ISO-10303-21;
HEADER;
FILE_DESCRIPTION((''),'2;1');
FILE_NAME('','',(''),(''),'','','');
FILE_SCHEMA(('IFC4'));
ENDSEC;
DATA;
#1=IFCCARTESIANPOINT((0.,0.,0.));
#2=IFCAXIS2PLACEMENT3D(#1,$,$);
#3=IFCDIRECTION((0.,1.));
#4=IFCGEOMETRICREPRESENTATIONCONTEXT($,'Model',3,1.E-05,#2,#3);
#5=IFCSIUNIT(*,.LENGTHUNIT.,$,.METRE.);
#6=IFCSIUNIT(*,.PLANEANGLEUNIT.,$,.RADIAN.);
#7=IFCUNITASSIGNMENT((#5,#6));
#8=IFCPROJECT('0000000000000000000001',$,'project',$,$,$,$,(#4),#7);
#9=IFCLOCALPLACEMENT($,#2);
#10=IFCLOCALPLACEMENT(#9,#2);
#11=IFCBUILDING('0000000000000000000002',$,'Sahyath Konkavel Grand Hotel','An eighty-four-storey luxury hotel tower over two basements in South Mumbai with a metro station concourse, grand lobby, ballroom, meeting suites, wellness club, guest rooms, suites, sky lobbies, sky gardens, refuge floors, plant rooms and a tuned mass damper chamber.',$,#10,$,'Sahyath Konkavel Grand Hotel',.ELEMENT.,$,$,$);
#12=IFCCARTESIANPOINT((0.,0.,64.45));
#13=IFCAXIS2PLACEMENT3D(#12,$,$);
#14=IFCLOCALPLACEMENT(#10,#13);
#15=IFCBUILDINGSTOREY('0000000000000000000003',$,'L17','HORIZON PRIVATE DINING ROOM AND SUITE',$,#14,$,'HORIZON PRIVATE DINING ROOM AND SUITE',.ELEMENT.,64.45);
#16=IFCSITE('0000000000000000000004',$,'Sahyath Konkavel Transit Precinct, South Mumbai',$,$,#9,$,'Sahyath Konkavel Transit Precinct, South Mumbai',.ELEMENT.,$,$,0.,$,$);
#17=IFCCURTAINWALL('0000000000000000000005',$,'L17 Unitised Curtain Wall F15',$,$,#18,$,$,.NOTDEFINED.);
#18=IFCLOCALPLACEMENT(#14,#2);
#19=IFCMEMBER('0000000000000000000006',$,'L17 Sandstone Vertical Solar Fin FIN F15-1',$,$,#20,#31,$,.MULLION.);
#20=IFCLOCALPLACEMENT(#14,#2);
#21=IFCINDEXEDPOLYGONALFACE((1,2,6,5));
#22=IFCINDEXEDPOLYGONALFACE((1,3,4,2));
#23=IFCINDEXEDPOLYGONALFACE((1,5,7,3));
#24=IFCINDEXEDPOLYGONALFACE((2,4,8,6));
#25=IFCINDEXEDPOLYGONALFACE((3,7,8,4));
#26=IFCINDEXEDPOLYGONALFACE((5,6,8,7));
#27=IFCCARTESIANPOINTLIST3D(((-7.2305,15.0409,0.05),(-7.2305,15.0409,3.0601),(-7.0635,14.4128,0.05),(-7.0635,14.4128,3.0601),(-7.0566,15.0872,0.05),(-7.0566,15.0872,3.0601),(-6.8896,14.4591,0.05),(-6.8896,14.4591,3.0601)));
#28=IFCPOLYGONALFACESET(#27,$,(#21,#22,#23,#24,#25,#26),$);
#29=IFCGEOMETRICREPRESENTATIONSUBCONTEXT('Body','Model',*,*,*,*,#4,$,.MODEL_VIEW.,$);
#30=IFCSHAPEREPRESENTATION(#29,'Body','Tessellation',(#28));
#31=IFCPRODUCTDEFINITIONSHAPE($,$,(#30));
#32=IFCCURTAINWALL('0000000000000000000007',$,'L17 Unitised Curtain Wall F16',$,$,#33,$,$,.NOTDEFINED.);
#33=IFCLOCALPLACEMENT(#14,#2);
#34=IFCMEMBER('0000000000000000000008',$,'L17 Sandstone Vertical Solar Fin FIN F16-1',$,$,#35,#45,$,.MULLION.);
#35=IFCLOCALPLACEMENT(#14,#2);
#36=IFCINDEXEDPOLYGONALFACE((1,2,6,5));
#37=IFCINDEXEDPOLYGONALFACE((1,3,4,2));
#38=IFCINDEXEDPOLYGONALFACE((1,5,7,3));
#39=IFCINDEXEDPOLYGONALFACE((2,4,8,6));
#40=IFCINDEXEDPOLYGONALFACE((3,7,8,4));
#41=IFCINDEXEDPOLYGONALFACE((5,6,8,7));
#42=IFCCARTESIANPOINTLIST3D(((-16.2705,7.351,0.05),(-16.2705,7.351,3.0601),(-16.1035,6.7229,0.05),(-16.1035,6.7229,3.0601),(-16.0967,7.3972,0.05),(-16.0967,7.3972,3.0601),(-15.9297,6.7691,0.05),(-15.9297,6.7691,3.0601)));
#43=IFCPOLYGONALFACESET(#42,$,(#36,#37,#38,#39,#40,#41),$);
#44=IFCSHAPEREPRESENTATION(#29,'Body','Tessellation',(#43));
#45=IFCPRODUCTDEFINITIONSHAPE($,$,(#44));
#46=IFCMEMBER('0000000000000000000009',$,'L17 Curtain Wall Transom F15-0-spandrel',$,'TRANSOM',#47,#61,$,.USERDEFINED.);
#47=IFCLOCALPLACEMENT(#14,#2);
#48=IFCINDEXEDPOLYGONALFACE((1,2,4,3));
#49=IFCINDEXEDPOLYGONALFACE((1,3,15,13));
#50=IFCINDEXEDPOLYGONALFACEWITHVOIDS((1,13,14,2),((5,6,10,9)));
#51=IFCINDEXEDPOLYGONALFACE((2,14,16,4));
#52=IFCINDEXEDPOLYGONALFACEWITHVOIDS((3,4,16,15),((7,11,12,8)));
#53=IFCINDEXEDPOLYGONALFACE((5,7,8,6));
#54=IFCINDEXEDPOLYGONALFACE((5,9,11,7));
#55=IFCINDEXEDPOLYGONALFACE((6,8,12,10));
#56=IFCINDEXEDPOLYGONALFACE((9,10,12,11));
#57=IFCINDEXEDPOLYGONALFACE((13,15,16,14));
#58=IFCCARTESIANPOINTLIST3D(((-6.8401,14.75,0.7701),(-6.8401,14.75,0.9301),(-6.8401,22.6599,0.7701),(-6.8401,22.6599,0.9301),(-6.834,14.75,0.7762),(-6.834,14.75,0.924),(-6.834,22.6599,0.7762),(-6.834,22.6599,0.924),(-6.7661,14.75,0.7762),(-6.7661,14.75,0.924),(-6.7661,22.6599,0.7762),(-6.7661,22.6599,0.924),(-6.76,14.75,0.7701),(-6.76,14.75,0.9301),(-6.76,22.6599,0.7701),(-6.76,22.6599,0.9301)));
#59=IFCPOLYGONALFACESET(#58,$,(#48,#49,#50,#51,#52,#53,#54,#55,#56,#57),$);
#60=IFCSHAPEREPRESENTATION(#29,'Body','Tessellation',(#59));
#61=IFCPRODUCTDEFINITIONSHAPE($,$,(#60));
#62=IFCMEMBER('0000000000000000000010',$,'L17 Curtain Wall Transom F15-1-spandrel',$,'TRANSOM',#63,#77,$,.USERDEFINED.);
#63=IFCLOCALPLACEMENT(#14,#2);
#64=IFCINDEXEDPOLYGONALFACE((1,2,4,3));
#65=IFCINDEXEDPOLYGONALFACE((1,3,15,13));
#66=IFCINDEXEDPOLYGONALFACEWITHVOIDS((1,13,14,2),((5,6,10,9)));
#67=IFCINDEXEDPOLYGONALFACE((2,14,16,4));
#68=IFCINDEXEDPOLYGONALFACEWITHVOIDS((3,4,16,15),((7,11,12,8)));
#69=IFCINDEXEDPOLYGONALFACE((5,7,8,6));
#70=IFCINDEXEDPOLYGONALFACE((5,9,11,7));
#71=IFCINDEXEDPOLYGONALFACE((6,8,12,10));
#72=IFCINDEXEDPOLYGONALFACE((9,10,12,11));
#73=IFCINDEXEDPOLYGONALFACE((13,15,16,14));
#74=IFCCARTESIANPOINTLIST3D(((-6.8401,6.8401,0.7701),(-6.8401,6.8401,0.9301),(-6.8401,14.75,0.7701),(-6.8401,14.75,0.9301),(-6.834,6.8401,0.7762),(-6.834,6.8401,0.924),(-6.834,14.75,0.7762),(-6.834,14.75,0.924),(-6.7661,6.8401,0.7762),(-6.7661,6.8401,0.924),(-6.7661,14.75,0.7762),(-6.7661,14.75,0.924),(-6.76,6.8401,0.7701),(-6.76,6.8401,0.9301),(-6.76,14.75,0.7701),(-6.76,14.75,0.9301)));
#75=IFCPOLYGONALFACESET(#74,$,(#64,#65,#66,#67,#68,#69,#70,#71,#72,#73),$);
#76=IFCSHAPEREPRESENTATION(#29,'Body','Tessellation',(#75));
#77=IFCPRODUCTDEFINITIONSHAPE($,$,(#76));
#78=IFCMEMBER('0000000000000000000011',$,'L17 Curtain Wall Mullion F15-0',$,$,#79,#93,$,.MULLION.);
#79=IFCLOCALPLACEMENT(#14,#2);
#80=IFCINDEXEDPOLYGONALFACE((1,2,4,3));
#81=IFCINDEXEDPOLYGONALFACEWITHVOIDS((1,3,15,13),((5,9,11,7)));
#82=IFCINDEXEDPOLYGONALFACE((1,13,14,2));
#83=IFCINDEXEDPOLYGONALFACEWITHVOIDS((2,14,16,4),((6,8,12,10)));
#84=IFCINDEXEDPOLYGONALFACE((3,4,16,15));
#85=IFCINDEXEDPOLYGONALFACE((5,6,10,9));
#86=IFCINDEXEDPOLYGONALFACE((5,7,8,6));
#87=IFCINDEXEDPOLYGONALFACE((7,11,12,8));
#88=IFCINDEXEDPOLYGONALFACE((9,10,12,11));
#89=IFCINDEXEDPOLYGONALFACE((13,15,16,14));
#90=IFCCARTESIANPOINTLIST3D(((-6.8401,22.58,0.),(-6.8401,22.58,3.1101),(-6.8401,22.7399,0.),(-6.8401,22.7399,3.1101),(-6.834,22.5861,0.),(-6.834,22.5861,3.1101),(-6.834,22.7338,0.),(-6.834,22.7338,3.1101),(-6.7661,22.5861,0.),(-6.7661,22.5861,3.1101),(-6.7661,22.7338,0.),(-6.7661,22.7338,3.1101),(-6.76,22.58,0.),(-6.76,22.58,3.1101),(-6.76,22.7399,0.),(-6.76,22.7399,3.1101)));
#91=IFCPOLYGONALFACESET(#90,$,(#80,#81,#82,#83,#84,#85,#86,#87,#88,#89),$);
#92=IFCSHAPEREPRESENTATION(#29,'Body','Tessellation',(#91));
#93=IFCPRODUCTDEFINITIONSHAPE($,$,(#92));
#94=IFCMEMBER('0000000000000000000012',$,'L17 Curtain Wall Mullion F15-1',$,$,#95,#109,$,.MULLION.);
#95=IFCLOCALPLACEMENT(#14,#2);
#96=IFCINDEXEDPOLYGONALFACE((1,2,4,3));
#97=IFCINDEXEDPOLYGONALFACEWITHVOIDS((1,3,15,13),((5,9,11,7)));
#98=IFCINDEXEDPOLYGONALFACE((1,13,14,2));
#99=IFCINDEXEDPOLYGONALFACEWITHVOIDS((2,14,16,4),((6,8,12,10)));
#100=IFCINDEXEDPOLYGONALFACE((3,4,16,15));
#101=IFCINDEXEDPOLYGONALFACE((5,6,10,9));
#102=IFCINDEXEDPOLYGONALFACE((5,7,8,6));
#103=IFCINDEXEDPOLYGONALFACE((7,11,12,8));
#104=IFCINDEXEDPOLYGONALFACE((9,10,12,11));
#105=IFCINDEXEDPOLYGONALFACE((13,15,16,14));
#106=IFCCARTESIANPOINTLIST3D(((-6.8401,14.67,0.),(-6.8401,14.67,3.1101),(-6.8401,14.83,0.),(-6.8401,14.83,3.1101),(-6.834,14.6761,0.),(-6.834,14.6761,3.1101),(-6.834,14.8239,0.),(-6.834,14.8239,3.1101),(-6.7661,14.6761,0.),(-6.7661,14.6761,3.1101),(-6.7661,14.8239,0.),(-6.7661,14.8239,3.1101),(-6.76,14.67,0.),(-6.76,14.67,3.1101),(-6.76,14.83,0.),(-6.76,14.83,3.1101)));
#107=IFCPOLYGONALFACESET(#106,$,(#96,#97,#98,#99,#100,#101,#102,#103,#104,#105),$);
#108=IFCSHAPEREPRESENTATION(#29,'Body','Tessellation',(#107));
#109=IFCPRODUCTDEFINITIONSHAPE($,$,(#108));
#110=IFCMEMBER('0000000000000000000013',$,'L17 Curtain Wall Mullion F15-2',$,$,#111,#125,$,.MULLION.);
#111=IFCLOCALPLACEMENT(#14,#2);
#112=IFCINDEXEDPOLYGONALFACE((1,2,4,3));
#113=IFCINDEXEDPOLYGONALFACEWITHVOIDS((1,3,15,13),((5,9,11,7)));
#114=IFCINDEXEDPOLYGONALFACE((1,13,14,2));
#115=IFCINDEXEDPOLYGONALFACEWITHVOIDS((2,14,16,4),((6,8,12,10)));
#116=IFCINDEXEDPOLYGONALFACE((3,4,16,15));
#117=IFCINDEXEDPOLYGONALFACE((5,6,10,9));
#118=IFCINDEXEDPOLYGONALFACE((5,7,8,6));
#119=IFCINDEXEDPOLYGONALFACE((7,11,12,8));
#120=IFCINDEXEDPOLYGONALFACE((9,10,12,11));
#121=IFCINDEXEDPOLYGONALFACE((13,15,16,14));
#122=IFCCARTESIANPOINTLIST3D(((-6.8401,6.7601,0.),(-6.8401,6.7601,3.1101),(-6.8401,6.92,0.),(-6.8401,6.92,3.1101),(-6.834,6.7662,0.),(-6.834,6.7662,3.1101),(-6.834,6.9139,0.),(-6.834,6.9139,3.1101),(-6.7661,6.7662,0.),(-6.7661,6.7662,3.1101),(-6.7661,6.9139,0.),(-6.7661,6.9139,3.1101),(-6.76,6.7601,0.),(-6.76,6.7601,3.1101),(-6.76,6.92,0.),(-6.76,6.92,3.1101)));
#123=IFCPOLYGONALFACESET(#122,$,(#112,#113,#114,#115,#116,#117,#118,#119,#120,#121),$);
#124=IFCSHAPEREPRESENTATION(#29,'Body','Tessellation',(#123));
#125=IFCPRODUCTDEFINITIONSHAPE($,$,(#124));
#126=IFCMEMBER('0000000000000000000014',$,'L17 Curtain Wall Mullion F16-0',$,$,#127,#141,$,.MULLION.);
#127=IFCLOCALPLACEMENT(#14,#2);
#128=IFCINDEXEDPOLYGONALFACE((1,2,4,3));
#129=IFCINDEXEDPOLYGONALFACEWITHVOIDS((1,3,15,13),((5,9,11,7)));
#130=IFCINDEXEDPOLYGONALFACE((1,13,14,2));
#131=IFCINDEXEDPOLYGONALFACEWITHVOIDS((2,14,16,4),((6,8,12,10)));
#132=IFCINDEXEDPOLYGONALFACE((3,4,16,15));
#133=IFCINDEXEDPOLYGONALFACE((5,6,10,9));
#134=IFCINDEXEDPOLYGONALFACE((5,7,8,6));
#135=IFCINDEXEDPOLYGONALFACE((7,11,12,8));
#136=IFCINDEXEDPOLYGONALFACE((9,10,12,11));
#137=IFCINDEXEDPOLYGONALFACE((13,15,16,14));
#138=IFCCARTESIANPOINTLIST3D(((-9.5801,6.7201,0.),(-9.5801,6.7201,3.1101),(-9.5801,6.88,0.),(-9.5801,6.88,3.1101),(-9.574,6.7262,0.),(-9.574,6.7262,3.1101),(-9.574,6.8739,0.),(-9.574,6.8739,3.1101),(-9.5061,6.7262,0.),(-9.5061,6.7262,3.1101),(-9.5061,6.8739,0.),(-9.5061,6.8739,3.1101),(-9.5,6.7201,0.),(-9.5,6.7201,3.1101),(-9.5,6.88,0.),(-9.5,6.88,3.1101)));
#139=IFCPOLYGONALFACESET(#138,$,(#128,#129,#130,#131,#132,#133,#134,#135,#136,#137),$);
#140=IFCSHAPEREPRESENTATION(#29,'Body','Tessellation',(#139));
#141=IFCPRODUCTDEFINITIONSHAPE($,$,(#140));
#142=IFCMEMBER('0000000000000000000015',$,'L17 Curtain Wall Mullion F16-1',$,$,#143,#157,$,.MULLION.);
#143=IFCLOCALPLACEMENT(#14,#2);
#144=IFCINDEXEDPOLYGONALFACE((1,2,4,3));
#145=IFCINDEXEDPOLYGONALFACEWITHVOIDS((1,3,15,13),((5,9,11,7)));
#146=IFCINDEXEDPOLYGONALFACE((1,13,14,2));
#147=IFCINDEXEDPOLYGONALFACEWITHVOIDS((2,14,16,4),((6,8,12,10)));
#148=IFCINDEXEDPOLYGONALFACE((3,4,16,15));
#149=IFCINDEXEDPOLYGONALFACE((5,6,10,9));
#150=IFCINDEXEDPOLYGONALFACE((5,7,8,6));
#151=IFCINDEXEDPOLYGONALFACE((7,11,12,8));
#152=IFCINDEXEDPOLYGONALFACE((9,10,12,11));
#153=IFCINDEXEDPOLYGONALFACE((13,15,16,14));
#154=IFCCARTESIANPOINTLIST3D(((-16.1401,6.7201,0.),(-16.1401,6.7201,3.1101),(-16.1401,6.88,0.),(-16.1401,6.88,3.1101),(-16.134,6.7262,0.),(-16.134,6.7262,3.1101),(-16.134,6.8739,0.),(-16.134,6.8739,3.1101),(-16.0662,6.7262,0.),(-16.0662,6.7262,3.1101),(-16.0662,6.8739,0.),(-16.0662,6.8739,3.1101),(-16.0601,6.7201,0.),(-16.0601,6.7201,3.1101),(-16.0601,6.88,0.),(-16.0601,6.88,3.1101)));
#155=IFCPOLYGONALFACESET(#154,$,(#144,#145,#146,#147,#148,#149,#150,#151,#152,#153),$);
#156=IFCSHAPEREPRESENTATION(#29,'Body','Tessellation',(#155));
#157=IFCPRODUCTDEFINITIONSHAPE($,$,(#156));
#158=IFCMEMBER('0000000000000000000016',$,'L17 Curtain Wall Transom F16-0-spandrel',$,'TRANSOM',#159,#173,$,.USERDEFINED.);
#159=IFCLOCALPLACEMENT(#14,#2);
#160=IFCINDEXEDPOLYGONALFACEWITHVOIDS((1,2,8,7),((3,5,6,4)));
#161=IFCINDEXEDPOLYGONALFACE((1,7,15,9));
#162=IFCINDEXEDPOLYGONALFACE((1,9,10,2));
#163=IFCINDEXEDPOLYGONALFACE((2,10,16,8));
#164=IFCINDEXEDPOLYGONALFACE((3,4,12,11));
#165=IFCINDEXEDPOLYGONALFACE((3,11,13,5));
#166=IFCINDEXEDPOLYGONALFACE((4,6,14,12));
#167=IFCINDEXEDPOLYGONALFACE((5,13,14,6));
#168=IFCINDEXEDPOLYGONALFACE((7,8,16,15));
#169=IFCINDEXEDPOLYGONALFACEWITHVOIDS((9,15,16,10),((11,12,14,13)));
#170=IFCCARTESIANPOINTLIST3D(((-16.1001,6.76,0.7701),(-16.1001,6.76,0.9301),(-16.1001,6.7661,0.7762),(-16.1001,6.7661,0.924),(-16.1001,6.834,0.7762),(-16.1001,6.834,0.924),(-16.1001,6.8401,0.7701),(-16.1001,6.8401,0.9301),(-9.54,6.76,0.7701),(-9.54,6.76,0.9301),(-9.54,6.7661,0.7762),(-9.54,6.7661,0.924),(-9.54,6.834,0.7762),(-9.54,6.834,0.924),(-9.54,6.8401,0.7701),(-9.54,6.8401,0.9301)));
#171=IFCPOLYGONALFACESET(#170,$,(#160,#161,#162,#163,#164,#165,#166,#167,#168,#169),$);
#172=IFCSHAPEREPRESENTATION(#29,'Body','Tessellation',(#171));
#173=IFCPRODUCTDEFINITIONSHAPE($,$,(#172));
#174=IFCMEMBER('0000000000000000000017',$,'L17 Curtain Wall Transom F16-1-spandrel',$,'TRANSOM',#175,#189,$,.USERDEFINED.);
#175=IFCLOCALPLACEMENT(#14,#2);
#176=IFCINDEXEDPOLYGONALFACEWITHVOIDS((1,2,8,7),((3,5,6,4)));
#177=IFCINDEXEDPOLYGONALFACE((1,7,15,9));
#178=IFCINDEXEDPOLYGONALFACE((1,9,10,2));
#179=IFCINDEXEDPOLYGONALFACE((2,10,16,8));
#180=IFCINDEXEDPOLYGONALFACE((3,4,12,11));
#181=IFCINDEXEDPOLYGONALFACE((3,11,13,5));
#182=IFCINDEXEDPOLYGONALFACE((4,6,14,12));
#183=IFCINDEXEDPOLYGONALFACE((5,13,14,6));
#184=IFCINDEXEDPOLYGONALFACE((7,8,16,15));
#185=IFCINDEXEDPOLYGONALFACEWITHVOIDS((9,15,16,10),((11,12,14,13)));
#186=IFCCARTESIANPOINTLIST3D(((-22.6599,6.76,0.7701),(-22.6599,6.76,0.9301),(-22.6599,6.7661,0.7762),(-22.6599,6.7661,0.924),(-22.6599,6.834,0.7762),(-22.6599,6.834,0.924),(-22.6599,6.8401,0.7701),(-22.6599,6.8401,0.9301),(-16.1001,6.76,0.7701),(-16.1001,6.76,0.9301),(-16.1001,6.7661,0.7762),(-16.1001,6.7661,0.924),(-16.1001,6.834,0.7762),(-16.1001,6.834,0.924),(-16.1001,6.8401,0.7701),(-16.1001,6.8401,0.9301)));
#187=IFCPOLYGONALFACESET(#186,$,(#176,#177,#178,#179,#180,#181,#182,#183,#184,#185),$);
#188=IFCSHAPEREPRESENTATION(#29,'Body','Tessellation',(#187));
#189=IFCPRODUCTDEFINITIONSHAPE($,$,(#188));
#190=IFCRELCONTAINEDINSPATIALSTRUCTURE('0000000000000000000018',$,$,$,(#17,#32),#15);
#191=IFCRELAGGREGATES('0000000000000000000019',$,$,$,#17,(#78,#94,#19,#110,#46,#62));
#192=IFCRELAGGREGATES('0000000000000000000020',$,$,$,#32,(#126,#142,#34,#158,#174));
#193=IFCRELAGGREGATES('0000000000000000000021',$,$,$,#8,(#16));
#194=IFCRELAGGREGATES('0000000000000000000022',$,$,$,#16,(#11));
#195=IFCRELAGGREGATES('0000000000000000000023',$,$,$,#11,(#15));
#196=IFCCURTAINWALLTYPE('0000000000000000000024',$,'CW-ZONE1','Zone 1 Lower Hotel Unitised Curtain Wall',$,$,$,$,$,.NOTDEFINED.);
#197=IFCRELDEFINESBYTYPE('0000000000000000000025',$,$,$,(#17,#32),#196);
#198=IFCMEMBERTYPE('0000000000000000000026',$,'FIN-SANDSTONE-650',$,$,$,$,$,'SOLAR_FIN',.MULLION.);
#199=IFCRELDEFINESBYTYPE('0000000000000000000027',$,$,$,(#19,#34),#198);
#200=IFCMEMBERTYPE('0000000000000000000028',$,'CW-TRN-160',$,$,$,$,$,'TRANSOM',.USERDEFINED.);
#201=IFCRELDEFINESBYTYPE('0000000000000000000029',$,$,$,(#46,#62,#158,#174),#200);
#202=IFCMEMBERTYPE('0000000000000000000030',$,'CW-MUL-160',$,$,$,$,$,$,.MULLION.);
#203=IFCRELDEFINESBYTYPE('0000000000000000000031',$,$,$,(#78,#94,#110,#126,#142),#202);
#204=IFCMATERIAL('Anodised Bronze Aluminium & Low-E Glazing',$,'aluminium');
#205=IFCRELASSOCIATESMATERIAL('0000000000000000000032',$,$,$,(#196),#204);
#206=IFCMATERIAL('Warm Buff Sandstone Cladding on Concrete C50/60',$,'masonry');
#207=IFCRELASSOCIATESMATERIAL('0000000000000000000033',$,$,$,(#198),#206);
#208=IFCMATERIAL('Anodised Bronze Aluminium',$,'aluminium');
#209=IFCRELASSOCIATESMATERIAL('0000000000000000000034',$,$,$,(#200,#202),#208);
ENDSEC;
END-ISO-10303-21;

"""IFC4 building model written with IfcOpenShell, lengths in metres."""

from ifc_helpers import new_model, si_unit, direction, frame, origin, origin_2d, place, context, subcontext, project, spatial, rectangle, hollow_rectangle, extrude, source, transform, mapped, material, material_profile, profile_set, type_object, element, aggregate, save


model = new_model("IFC4")

# Units and contexts
model_context = context("Model", 3, precision=1e-05, world=origin(), true_north=direction((0.0, 1.0)))
body_context = subcontext(model_context, "Body", "Model", "MODEL_VIEW")
ifc_project = project(units=[si_unit("LENGTHUNIT", "METRE"), si_unit("PLANEANGLEUNIT", "RADIAN")], contexts=[model_context])

# Site, building, storey
site_placement = place(None, origin())
site = spatial("IfcSite", under=ifc_project, at=site_placement, Name="Sahyath Konkavel Transit Precinct, South Mumbai", LongName="Sahyath Konkavel Transit Precinct, South Mumbai", CompositionType="ELEMENT", RefElevation=0.0)
building_placement = place(site_placement, origin())
building = spatial("IfcBuilding", under=site, at=building_placement, Name="Sahyath Konkavel Grand Hotel", Description="An eighty-four-storey luxury hotel tower over two basements in South Mumbai with a metro station concourse, grand lobby, ballroom, meeting suites, wellness club, guest rooms, suites, sky lobbies, sky gardens, refuge floors, plant rooms and a tuned mass damper chamber.", LongName="Sahyath Konkavel Grand Hotel", CompositionType="ELEMENT")
storey_placement = place(building_placement, frame((0.0, 0.0, 64.45)))
storey = spatial("IfcBuildingStorey", under=building, at=storey_placement, Name="L17", Description="HORIZON PRIVATE DINING ROOM AND SUITE", LongName="HORIZON PRIVATE DINING ROOM AND SUITE", CompositionType="ELEMENT", Elevation=64.45)

# Curtain walls, members
ifc_material_1 = material(Name="Anodised Bronze Aluminium & Low-E Glazing", Category="aluminium")
curtain_wall_type = type_object("IfcCurtainWallType", Name="CW-ZONE1", Description="Zone 1 Lower Hotel Unitised Curtain Wall", PredefinedType="NOTDEFINED", material=ifc_material_1)
curtain_wall_1_placement = place(storey_placement, origin())
curtain_wall_1 = element("IfcCurtainWall", 1, at=curtain_wall_1_placement, inside=storey, type_object=curtain_wall_type, Name="L17 Unitised Curtain Wall F15", PredefinedType="NOTDEFINED")
ifc_material_2 = material(Name="Warm Buff Sandstone Cladding on Concrete C50/60", Category="masonry")
ifc_material_profile_1 = material_profile(ifc_material_2, rectangle(XDim=0.1799, YDim=0.6499, at=origin_2d()), Name="FIN 180x650")
ifc_profile_set_1 = profile_set([ifc_material_profile_1], Name="Warm Buff Sandstone Cladding on Concrete C50/60")
member_type_1 = type_object("IfcMemberType", Name="FIN-SANDSTONE-650", ElementType="SOLAR_FIN", PredefinedType="MULLION", material=ifc_profile_set_1)
shared_shape_1 = source(origin(), body_context, "Body", "SweptSolid", [
    extrude(rectangle(XDim=0.1799, YDim=0.6499, at=origin_2d()), origin(), (0.0, 0.0, 1.0), 3.01),
])
member_1_placement = place(storey_placement, frame((-7.0601, 14.75, 0.05), z_axis=(0.0, 0.0, 1.0), x_axis=(0.966421, 0.256964, 0.0)))
member_1 = element("IfcMember", 2, at=member_1_placement, type_object=member_type_1, Name="L17 Sandstone Vertical Solar Fin FIN F15-1", PredefinedType="MULLION", context=body_context, shape_type="MappedRepresentation", body=[
    mapped(shared_shape_1, transform((0.0, 0.0, 0.0), scale=1.0)),
])
curtain_wall_2_placement = place(storey_placement, origin())
curtain_wall_2 = element("IfcCurtainWall", 3, at=curtain_wall_2_placement, inside=storey, type_object=curtain_wall_type, Name="L17 Unitised Curtain Wall F16", PredefinedType="NOTDEFINED")
member_2_placement = place(storey_placement, frame((-16.1001, 7.0601, 0.05), z_axis=(0.0, 0.0, 1.0), x_axis=(0.966421, 0.256964, 0.0)))
member_2 = element("IfcMember", 4, at=member_2_placement, type_object=member_type_1, Name="L17 Sandstone Vertical Solar Fin FIN F16-1", PredefinedType="MULLION", context=body_context, shape_type="MappedRepresentation", body=[
    mapped(shared_shape_1, transform((0.0, 0.0, 0.0), scale=1.0)),
])

# Members
ifc_material_3 = material(Name="Anodised Bronze Aluminium", Category="aluminium")
ifc_material_profile_2 = material_profile(ifc_material_3, hollow_rectangle(XDim=0.0801, YDim=0.1599, WallThickness=0.0061, at=origin_2d()), Name="RHS 160x80x6")
ifc_profile_set_2 = profile_set([ifc_material_profile_2], Name="Anodised Bronze Aluminium")
member_type_2 = type_object("IfcMemberType", Name="CW-TRN-160", ElementType="TRANSOM", PredefinedType="USERDEFINED", material=ifc_profile_set_2)
shared_shape_2 = source(origin(), body_context, "Body", "SweptSolid", [
    extrude(hollow_rectangle(XDim=0.0801, YDim=0.1599, WallThickness=0.0061, at=origin_2d()), origin(), (0.0, 0.0, 1.0), 7.9099),
])
member_3_placement = place(storey_placement, frame((-6.8, 22.6599, 0.8501), z_axis=(0.0, -1.0, 0.0), x_axis=(1.0, 0.0, 0.0)))
member_3 = element("IfcMember", 5, at=member_3_placement, type_object=member_type_2, Name="L17 Curtain Wall Transom F15-0-spandrel", ObjectType="TRANSOM", PredefinedType="USERDEFINED", context=body_context, shape_type="MappedRepresentation", body=[
    mapped(shared_shape_2, transform((0.0, 0.0, 0.0), scale=1.0)),
])
member_4_placement = place(storey_placement, frame((-6.8, 14.75, 0.8501), z_axis=(0.0, -1.0, 0.0), x_axis=(1.0, 0.0, 0.0)))
member_4 = element("IfcMember", 6, at=member_4_placement, type_object=member_type_2, Name="L17 Curtain Wall Transom F15-1-spandrel", ObjectType="TRANSOM", PredefinedType="USERDEFINED", context=body_context, shape_type="MappedRepresentation", body=[
    mapped(shared_shape_2, transform((0.0, 0.0, 0.0), scale=1.0)),
])
ifc_material_profile_3 = material_profile(ifc_material_3, hollow_rectangle(XDim=0.0801, YDim=0.1599, WallThickness=0.0061, at=origin_2d()), Name="RHS 160x80x6")
ifc_profile_set_3 = profile_set([ifc_material_profile_3], Name="Anodised Bronze Aluminium")
member_type_3 = type_object("IfcMemberType", Name="CW-MUL-160", PredefinedType="MULLION", material=ifc_profile_set_3)
shared_shape_3 = source(origin(), body_context, "Body", "SweptSolid", [
    extrude(hollow_rectangle(XDim=0.0801, YDim=0.1599, WallThickness=0.0061, at=origin_2d()), origin(), (0.0, 0.0, 1.0), 3.1101),
])
member_5_placement = place(storey_placement, frame((-6.8, 22.6599, 0.0), z_axis=(0.0, 0.0, 1.0), x_axis=(1.0, 0.0, 0.0)))
member_5 = element("IfcMember", 7, at=member_5_placement, type_object=member_type_3, Name="L17 Curtain Wall Mullion F15-0", PredefinedType="MULLION", context=body_context, shape_type="MappedRepresentation", body=[
    mapped(shared_shape_3, transform((0.0, 0.0, 0.0), scale=1.0)),
])
member_6_placement = place(storey_placement, frame((-6.8, 14.75, 0.0), z_axis=(0.0, 0.0, 1.0), x_axis=(1.0, 0.0, 0.0)))
member_6 = element("IfcMember", 8, at=member_6_placement, type_object=member_type_3, Name="L17 Curtain Wall Mullion F15-1", PredefinedType="MULLION", context=body_context, shape_type="MappedRepresentation", body=[
    mapped(shared_shape_3, transform((0.0, 0.0, 0.0), scale=1.0)),
])
member_7_placement = place(storey_placement, frame((-6.8, 6.8401, 0.0), z_axis=(0.0, 0.0, 1.0), x_axis=(1.0, 0.0, 0.0)))
member_7 = element("IfcMember", 9, at=member_7_placement, type_object=member_type_3, Name="L17 Curtain Wall Mullion F15-2", PredefinedType="MULLION", context=body_context, shape_type="MappedRepresentation", body=[
    mapped(shared_shape_3, transform((0.0, 0.0, 0.0), scale=1.0)),
])
member_8_placement = place(storey_placement, frame((-9.54, 6.8, 0.0), z_axis=(0.0, 0.0, 1.0), x_axis=(1.0, 0.0, 0.0)))
member_8 = element("IfcMember", 10, at=member_8_placement, type_object=member_type_3, Name="L17 Curtain Wall Mullion F16-0", PredefinedType="MULLION", context=body_context, shape_type="MappedRepresentation", body=[
    mapped(shared_shape_3, transform((0.0, 0.0, 0.0), scale=1.0)),
])
member_9_placement = place(storey_placement, frame((-16.1001, 6.8, 0.0), z_axis=(0.0, 0.0, 1.0), x_axis=(1.0, 0.0, 0.0)))
member_9 = element("IfcMember", 11, at=member_9_placement, type_object=member_type_3, Name="L17 Curtain Wall Mullion F16-1", PredefinedType="MULLION", context=body_context, shape_type="MappedRepresentation", body=[
    mapped(shared_shape_3, transform((0.0, 0.0, 0.0), scale=1.0)),
])
shared_shape_4 = source(origin(), body_context, "Body", "SweptSolid", [
    extrude(hollow_rectangle(XDim=0.0801, YDim=0.1599, WallThickness=0.0061, at=origin_2d()), origin(), (0.0, 0.0, 1.0), 6.5601),
])
member_10_placement = place(storey_placement, frame((-9.54, 6.8, 0.8501), z_axis=(-1.0, 0.0, 0.0), x_axis=(0.0, -1.0, 0.0)))
member_10 = element("IfcMember", 12, at=member_10_placement, type_object=member_type_2, Name="L17 Curtain Wall Transom F16-0-spandrel", ObjectType="TRANSOM", PredefinedType="USERDEFINED", context=body_context, shape_type="MappedRepresentation", body=[
    mapped(shared_shape_4, transform((0.0, 0.0, 0.0), scale=1.0)),
])
shared_shape_5 = source(origin(), body_context, "Body", "SweptSolid", [
    extrude(hollow_rectangle(XDim=0.0801, YDim=0.1599, WallThickness=0.0061, at=origin_2d()), origin(), (0.0, 0.0, 1.0), 6.5598),
])
member_11_placement = place(storey_placement, frame((-16.1001, 6.8, 0.8501), z_axis=(-1.0, 0.0, 0.0), x_axis=(0.0, -1.0, 0.0)))
member_11 = element("IfcMember", 13, at=member_11_placement, type_object=member_type_2, Name="L17 Curtain Wall Transom F16-1-spandrel", ObjectType="TRANSOM", PredefinedType="USERDEFINED", context=body_context, shape_type="MappedRepresentation", body=[
    mapped(shared_shape_5, transform((0.0, 0.0, 0.0), scale=1.0)),
])

aggregate(curtain_wall_1, [member_5, member_6, member_1, member_7, member_3, member_4])
aggregate(curtain_wall_2, [member_8, member_9, member_2, member_10, member_11])

save(model, "model.ifc")
